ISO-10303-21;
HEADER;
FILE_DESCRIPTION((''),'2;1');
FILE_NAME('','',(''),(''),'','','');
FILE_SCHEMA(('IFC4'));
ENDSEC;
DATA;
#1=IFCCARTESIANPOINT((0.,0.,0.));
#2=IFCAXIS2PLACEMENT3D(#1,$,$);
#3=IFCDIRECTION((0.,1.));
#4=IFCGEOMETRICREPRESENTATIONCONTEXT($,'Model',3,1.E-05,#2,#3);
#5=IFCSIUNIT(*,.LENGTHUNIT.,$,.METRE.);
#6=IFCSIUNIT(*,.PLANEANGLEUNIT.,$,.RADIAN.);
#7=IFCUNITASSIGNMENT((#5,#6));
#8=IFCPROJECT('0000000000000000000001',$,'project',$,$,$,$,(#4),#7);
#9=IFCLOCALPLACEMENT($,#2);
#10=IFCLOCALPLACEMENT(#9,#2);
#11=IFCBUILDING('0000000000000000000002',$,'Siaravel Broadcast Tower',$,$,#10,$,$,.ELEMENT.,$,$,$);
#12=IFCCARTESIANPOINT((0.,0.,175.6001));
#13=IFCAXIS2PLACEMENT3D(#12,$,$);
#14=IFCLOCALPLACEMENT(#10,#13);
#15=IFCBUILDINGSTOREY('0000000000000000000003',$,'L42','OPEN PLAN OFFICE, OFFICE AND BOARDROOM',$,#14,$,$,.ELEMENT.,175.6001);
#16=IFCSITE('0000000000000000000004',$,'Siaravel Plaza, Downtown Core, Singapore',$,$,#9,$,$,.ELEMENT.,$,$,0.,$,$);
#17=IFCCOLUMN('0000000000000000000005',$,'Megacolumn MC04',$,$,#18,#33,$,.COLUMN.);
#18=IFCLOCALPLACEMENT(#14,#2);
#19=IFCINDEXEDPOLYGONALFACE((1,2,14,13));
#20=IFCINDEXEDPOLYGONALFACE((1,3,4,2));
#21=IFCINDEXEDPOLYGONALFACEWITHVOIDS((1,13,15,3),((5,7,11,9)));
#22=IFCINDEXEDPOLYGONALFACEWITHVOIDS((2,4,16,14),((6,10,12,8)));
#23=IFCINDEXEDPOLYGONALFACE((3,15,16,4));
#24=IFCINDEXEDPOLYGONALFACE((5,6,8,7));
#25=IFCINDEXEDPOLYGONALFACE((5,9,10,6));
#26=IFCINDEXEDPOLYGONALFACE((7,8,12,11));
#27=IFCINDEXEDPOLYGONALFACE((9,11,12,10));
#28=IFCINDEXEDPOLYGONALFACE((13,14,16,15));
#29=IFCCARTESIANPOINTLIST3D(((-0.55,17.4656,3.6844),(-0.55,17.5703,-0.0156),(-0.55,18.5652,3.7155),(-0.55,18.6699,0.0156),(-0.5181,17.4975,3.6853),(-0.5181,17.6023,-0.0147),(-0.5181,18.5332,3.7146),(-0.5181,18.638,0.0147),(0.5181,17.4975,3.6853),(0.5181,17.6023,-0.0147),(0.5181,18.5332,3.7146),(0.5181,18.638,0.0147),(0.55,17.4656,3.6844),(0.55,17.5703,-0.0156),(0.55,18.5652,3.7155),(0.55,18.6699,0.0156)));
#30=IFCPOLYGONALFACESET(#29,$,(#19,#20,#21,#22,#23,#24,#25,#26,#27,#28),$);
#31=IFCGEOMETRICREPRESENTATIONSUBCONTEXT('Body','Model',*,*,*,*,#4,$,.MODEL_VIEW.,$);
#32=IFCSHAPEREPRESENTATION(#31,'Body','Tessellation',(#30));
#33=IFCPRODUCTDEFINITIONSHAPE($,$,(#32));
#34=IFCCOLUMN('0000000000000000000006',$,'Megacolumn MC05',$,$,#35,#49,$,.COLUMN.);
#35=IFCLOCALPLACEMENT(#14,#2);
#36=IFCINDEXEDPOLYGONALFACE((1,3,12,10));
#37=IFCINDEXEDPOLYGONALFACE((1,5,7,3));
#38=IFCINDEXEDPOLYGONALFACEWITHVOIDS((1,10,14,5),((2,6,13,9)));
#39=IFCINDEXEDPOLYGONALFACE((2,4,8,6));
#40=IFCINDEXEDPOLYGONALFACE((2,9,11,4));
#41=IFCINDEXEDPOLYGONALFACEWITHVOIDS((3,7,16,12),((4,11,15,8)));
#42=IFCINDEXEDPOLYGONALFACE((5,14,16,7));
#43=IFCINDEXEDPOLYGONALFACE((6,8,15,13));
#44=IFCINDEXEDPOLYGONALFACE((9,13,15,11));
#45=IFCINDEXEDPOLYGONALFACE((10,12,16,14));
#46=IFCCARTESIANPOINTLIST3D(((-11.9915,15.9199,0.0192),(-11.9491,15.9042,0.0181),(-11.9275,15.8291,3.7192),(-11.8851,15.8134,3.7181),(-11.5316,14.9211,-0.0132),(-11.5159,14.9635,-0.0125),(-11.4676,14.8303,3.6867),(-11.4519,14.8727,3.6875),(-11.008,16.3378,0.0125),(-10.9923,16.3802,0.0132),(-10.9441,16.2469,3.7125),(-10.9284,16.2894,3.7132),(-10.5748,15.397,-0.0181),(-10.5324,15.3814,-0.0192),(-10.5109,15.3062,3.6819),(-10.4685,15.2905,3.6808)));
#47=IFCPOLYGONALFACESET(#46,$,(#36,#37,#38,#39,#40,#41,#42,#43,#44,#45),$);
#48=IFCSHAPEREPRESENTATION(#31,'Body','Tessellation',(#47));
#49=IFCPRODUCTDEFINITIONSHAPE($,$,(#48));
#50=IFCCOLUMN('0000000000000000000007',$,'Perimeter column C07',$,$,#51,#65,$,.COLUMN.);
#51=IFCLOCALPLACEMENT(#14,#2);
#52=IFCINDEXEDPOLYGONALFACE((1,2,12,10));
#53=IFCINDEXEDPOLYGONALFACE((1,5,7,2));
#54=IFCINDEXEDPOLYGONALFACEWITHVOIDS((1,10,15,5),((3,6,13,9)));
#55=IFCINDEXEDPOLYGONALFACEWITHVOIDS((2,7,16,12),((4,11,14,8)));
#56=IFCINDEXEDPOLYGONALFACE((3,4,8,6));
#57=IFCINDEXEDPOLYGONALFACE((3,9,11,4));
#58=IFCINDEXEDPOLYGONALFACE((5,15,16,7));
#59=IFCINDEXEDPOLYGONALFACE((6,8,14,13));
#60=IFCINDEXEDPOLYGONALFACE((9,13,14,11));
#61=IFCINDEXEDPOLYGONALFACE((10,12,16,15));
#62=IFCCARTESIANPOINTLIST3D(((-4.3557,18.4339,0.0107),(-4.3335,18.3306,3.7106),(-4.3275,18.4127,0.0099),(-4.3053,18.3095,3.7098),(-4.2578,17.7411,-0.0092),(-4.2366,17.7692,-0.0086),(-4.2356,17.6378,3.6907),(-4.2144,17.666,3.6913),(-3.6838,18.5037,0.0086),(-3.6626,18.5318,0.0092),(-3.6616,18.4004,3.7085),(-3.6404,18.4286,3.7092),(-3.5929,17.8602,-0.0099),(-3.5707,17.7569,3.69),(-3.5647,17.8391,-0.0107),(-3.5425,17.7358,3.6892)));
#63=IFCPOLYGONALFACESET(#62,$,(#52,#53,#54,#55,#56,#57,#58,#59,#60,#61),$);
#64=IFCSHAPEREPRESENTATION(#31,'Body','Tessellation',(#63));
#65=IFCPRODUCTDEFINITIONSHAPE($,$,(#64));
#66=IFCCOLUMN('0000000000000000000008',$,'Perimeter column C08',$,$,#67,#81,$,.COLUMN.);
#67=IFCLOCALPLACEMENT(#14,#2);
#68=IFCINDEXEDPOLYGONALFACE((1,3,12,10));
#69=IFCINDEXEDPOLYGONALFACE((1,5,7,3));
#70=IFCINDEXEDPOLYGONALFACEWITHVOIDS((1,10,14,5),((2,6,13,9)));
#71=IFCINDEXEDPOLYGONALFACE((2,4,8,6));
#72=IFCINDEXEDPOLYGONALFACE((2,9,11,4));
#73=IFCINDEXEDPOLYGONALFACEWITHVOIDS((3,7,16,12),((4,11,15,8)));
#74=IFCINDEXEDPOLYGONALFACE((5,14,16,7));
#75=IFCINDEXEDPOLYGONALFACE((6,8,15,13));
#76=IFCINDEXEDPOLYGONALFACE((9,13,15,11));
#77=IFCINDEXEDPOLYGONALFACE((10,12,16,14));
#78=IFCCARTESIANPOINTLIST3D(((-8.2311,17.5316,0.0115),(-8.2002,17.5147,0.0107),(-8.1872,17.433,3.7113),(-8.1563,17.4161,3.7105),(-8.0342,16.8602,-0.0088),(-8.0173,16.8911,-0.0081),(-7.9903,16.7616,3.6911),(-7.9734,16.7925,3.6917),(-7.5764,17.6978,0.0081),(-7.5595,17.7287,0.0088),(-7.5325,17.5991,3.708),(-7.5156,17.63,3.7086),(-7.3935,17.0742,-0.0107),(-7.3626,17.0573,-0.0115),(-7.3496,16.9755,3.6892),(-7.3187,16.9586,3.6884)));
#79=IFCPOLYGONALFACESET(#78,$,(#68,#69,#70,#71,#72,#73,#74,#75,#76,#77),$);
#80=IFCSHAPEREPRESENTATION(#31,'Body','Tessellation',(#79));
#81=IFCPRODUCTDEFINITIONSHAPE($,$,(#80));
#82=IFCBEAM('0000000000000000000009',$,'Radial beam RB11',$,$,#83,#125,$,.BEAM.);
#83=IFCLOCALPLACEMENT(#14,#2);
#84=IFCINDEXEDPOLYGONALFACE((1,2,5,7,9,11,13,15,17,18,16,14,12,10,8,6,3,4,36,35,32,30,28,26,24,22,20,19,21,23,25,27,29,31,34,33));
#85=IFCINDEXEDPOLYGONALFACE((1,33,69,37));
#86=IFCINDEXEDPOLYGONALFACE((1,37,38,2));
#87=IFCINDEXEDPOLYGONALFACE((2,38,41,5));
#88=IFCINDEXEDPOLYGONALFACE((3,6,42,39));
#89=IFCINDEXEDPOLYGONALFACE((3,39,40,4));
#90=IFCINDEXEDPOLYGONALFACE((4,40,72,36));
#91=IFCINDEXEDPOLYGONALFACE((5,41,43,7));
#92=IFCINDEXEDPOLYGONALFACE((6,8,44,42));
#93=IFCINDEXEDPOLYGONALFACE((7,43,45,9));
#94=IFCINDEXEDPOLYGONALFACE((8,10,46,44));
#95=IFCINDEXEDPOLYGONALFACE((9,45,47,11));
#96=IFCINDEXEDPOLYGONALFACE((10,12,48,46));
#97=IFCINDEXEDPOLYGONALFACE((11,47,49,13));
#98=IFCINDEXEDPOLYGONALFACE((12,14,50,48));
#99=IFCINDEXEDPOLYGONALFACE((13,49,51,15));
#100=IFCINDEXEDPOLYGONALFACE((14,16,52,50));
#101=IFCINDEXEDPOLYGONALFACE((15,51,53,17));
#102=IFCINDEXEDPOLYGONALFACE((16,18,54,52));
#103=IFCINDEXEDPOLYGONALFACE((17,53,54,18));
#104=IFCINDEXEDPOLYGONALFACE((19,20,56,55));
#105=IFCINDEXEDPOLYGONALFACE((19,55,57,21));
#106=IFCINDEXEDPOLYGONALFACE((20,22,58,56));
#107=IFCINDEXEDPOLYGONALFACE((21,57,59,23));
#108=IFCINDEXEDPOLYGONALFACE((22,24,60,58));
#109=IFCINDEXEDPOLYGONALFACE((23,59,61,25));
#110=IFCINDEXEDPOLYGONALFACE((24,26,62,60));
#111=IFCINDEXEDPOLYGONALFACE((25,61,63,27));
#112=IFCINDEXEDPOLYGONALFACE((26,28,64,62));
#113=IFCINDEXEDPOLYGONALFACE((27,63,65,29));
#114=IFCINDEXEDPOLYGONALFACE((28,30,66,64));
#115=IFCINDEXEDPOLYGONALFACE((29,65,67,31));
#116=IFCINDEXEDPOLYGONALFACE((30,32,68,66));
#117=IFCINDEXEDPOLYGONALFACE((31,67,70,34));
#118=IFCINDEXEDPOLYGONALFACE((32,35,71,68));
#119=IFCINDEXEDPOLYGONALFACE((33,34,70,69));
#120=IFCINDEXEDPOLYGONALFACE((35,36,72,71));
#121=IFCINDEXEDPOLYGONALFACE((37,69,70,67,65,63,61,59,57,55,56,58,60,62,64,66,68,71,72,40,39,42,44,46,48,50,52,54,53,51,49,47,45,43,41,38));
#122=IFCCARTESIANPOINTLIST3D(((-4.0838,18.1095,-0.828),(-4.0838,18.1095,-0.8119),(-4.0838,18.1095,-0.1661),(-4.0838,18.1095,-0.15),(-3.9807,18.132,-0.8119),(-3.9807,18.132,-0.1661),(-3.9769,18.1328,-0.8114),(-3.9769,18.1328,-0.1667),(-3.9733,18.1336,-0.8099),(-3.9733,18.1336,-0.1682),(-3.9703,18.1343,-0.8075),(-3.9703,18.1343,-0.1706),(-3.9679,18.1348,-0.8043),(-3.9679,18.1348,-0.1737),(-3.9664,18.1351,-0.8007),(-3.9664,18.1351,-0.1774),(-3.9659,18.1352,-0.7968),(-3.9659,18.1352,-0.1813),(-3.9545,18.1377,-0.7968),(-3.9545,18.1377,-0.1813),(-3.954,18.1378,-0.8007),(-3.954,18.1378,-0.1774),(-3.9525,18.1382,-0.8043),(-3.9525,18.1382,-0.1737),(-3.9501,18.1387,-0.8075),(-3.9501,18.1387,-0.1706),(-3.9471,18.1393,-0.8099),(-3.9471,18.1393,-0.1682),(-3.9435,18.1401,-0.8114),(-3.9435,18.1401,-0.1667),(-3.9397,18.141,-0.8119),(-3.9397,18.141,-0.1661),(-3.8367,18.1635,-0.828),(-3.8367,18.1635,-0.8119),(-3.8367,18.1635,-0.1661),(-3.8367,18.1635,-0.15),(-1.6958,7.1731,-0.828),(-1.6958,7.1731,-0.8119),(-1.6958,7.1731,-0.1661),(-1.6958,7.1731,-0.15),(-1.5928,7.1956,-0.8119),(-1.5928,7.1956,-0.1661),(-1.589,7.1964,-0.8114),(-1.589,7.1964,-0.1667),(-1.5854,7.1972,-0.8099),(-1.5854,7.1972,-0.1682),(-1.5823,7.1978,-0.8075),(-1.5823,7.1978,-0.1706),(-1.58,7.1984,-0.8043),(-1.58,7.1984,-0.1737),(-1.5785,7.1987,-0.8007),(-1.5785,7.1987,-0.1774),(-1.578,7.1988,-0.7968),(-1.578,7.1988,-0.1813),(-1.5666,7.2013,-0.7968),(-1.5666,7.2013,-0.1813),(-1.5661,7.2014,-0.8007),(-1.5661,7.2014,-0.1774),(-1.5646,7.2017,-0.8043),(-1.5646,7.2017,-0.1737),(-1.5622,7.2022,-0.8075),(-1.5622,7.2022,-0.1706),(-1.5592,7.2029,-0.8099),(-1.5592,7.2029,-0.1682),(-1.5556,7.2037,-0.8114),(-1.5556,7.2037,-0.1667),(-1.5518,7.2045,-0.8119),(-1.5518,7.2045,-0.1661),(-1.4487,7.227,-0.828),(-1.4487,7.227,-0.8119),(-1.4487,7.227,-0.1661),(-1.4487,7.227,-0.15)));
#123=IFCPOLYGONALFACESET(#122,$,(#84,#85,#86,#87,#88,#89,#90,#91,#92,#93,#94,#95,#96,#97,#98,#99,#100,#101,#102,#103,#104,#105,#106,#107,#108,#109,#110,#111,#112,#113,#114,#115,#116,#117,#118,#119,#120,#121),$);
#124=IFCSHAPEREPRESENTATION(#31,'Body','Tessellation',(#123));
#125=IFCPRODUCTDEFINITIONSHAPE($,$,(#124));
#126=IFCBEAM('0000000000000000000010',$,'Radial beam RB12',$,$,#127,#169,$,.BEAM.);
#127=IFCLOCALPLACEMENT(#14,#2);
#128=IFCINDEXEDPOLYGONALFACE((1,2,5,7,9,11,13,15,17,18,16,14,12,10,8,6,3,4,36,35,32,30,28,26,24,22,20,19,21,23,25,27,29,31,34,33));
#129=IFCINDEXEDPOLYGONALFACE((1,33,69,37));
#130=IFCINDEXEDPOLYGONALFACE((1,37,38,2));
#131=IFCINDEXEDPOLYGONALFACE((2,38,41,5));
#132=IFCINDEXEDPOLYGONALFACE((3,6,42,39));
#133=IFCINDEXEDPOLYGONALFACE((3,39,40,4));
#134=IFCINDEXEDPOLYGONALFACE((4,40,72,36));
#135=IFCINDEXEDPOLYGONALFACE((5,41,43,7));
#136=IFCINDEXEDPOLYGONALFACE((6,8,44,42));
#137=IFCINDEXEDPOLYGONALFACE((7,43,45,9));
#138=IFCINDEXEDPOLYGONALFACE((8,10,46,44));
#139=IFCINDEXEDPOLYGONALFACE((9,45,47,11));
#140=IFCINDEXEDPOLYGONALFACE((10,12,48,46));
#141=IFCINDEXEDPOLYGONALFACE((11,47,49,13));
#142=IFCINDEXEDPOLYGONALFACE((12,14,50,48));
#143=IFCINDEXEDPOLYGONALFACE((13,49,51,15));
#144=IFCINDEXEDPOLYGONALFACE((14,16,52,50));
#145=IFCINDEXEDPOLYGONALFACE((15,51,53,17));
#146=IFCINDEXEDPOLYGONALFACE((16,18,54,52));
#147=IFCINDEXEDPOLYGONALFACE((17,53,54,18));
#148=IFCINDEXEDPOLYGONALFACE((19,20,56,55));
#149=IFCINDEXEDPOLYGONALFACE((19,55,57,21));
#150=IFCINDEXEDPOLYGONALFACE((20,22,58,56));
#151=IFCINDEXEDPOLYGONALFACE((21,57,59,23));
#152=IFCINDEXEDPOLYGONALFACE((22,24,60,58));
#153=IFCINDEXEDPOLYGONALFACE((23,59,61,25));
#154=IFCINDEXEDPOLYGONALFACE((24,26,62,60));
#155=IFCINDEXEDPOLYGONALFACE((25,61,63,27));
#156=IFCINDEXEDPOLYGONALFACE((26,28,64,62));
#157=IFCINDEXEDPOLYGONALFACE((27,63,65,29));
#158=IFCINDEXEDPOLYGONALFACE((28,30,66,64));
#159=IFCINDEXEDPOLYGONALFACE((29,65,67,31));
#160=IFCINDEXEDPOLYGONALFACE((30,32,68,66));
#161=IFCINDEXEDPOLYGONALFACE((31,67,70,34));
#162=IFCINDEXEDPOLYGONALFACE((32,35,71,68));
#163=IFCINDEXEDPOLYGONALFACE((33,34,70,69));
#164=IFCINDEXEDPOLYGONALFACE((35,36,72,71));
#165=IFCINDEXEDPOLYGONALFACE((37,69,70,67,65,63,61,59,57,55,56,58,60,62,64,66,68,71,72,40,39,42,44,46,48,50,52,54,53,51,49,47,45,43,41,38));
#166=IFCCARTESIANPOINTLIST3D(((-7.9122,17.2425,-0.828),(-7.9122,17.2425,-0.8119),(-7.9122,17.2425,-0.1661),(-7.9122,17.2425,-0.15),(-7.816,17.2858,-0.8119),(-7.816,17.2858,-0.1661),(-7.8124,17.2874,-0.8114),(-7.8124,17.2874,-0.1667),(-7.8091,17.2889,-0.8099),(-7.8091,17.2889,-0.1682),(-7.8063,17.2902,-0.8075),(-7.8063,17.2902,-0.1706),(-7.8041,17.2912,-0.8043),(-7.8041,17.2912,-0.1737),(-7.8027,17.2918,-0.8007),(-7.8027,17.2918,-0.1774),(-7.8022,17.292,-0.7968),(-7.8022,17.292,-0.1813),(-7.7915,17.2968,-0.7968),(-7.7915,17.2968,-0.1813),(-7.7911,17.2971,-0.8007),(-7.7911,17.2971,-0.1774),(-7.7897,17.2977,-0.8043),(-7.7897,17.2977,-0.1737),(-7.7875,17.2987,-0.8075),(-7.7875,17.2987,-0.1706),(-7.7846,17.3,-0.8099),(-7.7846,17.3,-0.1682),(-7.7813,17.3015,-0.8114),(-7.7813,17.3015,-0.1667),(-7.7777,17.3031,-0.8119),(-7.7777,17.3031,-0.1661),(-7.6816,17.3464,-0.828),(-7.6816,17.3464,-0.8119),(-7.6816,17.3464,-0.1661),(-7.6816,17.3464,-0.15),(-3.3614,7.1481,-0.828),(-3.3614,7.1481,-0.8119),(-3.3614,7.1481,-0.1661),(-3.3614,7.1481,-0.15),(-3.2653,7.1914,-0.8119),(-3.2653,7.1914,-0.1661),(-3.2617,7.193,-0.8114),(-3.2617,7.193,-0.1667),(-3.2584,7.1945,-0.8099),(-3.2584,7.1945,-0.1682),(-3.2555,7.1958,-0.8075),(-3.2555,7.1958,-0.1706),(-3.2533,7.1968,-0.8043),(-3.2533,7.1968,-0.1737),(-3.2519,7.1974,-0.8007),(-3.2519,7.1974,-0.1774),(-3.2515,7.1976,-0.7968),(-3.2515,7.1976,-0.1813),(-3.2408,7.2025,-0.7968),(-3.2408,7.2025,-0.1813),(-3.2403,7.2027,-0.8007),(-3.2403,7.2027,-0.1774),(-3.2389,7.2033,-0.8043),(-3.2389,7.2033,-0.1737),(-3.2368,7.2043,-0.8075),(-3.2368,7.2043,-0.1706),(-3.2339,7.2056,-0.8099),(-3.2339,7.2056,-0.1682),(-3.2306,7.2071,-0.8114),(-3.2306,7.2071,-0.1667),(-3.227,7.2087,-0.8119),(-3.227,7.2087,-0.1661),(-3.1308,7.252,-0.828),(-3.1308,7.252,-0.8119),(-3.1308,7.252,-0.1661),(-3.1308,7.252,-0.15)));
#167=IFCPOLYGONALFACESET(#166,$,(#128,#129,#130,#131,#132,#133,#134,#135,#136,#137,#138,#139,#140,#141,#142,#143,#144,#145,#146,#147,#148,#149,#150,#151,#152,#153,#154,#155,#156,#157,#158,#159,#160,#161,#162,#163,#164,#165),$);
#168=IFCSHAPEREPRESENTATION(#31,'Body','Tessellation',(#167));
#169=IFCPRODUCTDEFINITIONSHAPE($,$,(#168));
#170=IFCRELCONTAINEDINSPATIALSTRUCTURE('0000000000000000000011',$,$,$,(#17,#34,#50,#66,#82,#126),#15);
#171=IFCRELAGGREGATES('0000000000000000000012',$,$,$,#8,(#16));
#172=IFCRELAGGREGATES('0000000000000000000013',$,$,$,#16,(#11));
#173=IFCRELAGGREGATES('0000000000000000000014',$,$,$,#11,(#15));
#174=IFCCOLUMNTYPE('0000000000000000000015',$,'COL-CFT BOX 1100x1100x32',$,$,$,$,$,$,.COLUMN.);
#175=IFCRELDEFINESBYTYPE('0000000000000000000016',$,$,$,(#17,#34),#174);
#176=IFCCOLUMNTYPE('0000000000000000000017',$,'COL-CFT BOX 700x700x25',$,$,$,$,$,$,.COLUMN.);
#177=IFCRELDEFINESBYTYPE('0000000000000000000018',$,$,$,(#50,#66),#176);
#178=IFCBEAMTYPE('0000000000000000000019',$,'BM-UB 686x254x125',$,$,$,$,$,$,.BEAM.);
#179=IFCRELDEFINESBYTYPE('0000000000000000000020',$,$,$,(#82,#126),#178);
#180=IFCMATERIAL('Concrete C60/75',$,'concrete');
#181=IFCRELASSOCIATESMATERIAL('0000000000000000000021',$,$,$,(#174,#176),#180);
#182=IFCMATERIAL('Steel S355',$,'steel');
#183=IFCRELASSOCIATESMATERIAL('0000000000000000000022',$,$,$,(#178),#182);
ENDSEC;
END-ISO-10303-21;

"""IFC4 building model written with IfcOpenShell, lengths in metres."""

from ifc_helpers import new_model, si_unit, direction, frame, origin, origin_2d, place, context, subcontext, project, spatial, hollow_rectangle, i_section, extrude, material, material_profile, profile_set, type_object, element, save


model = new_model("IFC4")

# Units and contexts
model_context = context("Model", 3, precision=1e-05, world=origin(), true_north=direction((0.0, 1.0)))
body_context = subcontext(model_context, "Body", "Model", "MODEL_VIEW")
ifc_project = project(units=[si_unit("LENGTHUNIT", "METRE"), si_unit("PLANEANGLEUNIT", "RADIAN")], contexts=[model_context])

# Site, building, storey
site_placement = place(None, origin())
site = spatial("IfcSite", under=ifc_project, at=site_placement, Name="Siaravel Plaza, Downtown Core, Singapore", CompositionType="ELEMENT", RefElevation=0.0)
building_placement = place(site_placement, origin())
building = spatial("IfcBuilding", under=site, at=building_placement, Name="Siaravel Broadcast Tower", CompositionType="ELEMENT")
storey_placement = place(building_placement, frame((0.0, 0.0, 175.6001)))
storey = spatial("IfcBuildingStorey", under=building, at=storey_placement, Name="L42", Description="OPEN PLAN OFFICE, OFFICE AND BOARDROOM", CompositionType="ELEMENT", Elevation=175.6001)

# Columns
ifc_material_1 = material(Name="Concrete C60/75", Category="concrete")
ifc_material_profile_1 = material_profile(ifc_material_1, hollow_rectangle(XDim=1.1001, YDim=1.1001, WallThickness=0.032, at=origin_2d()))
ifc_profile_set_1 = profile_set([ifc_material_profile_1], Name="Concrete C60/75")
column_type_1 = type_object("IfcColumnType", Name="COL-CFT BOX 1100x1100x32", PredefinedType="COLUMN", material=ifc_profile_set_1)
column_1_placement = place(storey_placement, frame((0.0, 18.1201, 0.0), z_axis=(0.0, -0.028296, 0.9996), x_axis=(1.0, 0.0, 0.0)))
element("IfcColumn", 1, at=column_1_placement, inside=storey, type_object=column_type_1, Name="Megacolumn MC04", PredefinedType="COLUMN", context=body_context, shape_type="SweptSolid", body=[
    extrude(hollow_rectangle(XDim=1.1001, YDim=1.1001, WallThickness=0.032, at=origin_2d()), origin(), (0.0, 0.0, 1.0), 3.7014),
])
column_2_placement = place(storey_placement, frame((-11.262, 15.6506, 0.0), z_axis=(0.01728, -0.024535, 0.99955), x_axis=(0.908249, 0.418395, -0.005432)))
element("IfcColumn", 2, at=column_2_placement, inside=storey, type_object=column_type_1, Name="Megacolumn MC05", PredefinedType="COLUMN", context=body_context, shape_type="SweptSolid", body=[
    extrude(hollow_rectangle(XDim=1.1001, YDim=1.1001, WallThickness=0.032, at=origin_2d()), origin(), (0.0, 0.0, 1.0), 3.7017),
])
ifc_material_profile_2 = material_profile(ifc_material_1, hollow_rectangle(XDim=0.7, YDim=0.7, WallThickness=0.0249, at=origin_2d()))
ifc_profile_set_2 = profile_set([ifc_material_profile_2], Name="Concrete C60/75")
column_type_2 = type_object("IfcColumnType", Name="COL-CFT BOX 700x700x25", PredefinedType="COLUMN", material=ifc_profile_set_2)
for number, where, z_axis, x_axis, name in (
    (3, (-3.9602, 18.1365, 0.0), (0.006002, -0.0279, 0.999593), (0.99016, 0.139927, -0.00204), "Perimeter column C07"),
    (4, (-7.7969, 17.2944, 0.0), (0.011872, -0.026647, 0.999574), (0.959541, 0.281541, -0.003891), "Perimeter column C08"),
):
    element("IfcColumn", number, at=place(storey_placement, frame(where, z_axis=z_axis, x_axis=x_axis)), inside=storey, type_object=column_type_2, Name=name, PredefinedType="COLUMN", context=body_context, shape_type="SweptSolid", body=[
        extrude(hollow_rectangle(XDim=0.7, YDim=0.7, WallThickness=0.0249, at=origin_2d()), origin(), (0.0, 0.0, 1.0), 3.7014),
    ])

# Beams
ifc_material_2 = material(Name="Steel S355", Category="steel")
ifc_material_profile_3 = material_profile(ifc_material_2, i_section(OverallWidth=0.2529, OverallDepth=0.678, WebThickness=0.0117, FlangeThickness=0.0161, FilletRadius=0.0151, at=origin_2d()))
ifc_profile_set_3 = profile_set([ifc_material_profile_3], Name="Steel S355")
beam_type = type_object("IfcBeamType", Name="BM-UB 686x254x125", PredefinedType="BEAM", material=ifc_profile_set_3)
beam_1_placement = place(storey_placement, frame((-3.9602, 18.1365, -0.489), z_axis=(0.21332, -0.976982, 0.0), x_axis=(0.976982, 0.21332, 0.0)))
element("IfcBeam", 5, at=beam_1_placement, inside=storey, type_object=beam_type, Name="Radial beam RB11", PredefinedType="BEAM", context=body_context, shape_type="SweptSolid", body=[
    extrude(i_section(OverallWidth=0.2529, OverallDepth=0.678, WebThickness=0.0117, FlangeThickness=0.0161, FilletRadius=0.0151, at=origin_2d()), origin(), (0.0, 0.0, 1.0), 11.1941),
])
beam_2_placement = place(storey_placement, frame((-7.7969, 17.2944, -0.489), z_axis=(0.410985, -0.911642, 0.0), x_axis=(0.911642, 0.410985, 0.0)))
element("IfcBeam", 6, at=beam_2_placement, inside=storey, type_object=beam_type, Name="Radial beam RB12", PredefinedType="BEAM", context=body_context, shape_type="SweptSolid", body=[
    extrude(i_section(OverallWidth=0.2529, OverallDepth=0.678, WebThickness=0.0117, FlangeThickness=0.0161, FilletRadius=0.0151, at=origin_2d()), origin(), (0.0, 0.0, 1.0), 11.0728),
])

save(model, "model.ifc")
